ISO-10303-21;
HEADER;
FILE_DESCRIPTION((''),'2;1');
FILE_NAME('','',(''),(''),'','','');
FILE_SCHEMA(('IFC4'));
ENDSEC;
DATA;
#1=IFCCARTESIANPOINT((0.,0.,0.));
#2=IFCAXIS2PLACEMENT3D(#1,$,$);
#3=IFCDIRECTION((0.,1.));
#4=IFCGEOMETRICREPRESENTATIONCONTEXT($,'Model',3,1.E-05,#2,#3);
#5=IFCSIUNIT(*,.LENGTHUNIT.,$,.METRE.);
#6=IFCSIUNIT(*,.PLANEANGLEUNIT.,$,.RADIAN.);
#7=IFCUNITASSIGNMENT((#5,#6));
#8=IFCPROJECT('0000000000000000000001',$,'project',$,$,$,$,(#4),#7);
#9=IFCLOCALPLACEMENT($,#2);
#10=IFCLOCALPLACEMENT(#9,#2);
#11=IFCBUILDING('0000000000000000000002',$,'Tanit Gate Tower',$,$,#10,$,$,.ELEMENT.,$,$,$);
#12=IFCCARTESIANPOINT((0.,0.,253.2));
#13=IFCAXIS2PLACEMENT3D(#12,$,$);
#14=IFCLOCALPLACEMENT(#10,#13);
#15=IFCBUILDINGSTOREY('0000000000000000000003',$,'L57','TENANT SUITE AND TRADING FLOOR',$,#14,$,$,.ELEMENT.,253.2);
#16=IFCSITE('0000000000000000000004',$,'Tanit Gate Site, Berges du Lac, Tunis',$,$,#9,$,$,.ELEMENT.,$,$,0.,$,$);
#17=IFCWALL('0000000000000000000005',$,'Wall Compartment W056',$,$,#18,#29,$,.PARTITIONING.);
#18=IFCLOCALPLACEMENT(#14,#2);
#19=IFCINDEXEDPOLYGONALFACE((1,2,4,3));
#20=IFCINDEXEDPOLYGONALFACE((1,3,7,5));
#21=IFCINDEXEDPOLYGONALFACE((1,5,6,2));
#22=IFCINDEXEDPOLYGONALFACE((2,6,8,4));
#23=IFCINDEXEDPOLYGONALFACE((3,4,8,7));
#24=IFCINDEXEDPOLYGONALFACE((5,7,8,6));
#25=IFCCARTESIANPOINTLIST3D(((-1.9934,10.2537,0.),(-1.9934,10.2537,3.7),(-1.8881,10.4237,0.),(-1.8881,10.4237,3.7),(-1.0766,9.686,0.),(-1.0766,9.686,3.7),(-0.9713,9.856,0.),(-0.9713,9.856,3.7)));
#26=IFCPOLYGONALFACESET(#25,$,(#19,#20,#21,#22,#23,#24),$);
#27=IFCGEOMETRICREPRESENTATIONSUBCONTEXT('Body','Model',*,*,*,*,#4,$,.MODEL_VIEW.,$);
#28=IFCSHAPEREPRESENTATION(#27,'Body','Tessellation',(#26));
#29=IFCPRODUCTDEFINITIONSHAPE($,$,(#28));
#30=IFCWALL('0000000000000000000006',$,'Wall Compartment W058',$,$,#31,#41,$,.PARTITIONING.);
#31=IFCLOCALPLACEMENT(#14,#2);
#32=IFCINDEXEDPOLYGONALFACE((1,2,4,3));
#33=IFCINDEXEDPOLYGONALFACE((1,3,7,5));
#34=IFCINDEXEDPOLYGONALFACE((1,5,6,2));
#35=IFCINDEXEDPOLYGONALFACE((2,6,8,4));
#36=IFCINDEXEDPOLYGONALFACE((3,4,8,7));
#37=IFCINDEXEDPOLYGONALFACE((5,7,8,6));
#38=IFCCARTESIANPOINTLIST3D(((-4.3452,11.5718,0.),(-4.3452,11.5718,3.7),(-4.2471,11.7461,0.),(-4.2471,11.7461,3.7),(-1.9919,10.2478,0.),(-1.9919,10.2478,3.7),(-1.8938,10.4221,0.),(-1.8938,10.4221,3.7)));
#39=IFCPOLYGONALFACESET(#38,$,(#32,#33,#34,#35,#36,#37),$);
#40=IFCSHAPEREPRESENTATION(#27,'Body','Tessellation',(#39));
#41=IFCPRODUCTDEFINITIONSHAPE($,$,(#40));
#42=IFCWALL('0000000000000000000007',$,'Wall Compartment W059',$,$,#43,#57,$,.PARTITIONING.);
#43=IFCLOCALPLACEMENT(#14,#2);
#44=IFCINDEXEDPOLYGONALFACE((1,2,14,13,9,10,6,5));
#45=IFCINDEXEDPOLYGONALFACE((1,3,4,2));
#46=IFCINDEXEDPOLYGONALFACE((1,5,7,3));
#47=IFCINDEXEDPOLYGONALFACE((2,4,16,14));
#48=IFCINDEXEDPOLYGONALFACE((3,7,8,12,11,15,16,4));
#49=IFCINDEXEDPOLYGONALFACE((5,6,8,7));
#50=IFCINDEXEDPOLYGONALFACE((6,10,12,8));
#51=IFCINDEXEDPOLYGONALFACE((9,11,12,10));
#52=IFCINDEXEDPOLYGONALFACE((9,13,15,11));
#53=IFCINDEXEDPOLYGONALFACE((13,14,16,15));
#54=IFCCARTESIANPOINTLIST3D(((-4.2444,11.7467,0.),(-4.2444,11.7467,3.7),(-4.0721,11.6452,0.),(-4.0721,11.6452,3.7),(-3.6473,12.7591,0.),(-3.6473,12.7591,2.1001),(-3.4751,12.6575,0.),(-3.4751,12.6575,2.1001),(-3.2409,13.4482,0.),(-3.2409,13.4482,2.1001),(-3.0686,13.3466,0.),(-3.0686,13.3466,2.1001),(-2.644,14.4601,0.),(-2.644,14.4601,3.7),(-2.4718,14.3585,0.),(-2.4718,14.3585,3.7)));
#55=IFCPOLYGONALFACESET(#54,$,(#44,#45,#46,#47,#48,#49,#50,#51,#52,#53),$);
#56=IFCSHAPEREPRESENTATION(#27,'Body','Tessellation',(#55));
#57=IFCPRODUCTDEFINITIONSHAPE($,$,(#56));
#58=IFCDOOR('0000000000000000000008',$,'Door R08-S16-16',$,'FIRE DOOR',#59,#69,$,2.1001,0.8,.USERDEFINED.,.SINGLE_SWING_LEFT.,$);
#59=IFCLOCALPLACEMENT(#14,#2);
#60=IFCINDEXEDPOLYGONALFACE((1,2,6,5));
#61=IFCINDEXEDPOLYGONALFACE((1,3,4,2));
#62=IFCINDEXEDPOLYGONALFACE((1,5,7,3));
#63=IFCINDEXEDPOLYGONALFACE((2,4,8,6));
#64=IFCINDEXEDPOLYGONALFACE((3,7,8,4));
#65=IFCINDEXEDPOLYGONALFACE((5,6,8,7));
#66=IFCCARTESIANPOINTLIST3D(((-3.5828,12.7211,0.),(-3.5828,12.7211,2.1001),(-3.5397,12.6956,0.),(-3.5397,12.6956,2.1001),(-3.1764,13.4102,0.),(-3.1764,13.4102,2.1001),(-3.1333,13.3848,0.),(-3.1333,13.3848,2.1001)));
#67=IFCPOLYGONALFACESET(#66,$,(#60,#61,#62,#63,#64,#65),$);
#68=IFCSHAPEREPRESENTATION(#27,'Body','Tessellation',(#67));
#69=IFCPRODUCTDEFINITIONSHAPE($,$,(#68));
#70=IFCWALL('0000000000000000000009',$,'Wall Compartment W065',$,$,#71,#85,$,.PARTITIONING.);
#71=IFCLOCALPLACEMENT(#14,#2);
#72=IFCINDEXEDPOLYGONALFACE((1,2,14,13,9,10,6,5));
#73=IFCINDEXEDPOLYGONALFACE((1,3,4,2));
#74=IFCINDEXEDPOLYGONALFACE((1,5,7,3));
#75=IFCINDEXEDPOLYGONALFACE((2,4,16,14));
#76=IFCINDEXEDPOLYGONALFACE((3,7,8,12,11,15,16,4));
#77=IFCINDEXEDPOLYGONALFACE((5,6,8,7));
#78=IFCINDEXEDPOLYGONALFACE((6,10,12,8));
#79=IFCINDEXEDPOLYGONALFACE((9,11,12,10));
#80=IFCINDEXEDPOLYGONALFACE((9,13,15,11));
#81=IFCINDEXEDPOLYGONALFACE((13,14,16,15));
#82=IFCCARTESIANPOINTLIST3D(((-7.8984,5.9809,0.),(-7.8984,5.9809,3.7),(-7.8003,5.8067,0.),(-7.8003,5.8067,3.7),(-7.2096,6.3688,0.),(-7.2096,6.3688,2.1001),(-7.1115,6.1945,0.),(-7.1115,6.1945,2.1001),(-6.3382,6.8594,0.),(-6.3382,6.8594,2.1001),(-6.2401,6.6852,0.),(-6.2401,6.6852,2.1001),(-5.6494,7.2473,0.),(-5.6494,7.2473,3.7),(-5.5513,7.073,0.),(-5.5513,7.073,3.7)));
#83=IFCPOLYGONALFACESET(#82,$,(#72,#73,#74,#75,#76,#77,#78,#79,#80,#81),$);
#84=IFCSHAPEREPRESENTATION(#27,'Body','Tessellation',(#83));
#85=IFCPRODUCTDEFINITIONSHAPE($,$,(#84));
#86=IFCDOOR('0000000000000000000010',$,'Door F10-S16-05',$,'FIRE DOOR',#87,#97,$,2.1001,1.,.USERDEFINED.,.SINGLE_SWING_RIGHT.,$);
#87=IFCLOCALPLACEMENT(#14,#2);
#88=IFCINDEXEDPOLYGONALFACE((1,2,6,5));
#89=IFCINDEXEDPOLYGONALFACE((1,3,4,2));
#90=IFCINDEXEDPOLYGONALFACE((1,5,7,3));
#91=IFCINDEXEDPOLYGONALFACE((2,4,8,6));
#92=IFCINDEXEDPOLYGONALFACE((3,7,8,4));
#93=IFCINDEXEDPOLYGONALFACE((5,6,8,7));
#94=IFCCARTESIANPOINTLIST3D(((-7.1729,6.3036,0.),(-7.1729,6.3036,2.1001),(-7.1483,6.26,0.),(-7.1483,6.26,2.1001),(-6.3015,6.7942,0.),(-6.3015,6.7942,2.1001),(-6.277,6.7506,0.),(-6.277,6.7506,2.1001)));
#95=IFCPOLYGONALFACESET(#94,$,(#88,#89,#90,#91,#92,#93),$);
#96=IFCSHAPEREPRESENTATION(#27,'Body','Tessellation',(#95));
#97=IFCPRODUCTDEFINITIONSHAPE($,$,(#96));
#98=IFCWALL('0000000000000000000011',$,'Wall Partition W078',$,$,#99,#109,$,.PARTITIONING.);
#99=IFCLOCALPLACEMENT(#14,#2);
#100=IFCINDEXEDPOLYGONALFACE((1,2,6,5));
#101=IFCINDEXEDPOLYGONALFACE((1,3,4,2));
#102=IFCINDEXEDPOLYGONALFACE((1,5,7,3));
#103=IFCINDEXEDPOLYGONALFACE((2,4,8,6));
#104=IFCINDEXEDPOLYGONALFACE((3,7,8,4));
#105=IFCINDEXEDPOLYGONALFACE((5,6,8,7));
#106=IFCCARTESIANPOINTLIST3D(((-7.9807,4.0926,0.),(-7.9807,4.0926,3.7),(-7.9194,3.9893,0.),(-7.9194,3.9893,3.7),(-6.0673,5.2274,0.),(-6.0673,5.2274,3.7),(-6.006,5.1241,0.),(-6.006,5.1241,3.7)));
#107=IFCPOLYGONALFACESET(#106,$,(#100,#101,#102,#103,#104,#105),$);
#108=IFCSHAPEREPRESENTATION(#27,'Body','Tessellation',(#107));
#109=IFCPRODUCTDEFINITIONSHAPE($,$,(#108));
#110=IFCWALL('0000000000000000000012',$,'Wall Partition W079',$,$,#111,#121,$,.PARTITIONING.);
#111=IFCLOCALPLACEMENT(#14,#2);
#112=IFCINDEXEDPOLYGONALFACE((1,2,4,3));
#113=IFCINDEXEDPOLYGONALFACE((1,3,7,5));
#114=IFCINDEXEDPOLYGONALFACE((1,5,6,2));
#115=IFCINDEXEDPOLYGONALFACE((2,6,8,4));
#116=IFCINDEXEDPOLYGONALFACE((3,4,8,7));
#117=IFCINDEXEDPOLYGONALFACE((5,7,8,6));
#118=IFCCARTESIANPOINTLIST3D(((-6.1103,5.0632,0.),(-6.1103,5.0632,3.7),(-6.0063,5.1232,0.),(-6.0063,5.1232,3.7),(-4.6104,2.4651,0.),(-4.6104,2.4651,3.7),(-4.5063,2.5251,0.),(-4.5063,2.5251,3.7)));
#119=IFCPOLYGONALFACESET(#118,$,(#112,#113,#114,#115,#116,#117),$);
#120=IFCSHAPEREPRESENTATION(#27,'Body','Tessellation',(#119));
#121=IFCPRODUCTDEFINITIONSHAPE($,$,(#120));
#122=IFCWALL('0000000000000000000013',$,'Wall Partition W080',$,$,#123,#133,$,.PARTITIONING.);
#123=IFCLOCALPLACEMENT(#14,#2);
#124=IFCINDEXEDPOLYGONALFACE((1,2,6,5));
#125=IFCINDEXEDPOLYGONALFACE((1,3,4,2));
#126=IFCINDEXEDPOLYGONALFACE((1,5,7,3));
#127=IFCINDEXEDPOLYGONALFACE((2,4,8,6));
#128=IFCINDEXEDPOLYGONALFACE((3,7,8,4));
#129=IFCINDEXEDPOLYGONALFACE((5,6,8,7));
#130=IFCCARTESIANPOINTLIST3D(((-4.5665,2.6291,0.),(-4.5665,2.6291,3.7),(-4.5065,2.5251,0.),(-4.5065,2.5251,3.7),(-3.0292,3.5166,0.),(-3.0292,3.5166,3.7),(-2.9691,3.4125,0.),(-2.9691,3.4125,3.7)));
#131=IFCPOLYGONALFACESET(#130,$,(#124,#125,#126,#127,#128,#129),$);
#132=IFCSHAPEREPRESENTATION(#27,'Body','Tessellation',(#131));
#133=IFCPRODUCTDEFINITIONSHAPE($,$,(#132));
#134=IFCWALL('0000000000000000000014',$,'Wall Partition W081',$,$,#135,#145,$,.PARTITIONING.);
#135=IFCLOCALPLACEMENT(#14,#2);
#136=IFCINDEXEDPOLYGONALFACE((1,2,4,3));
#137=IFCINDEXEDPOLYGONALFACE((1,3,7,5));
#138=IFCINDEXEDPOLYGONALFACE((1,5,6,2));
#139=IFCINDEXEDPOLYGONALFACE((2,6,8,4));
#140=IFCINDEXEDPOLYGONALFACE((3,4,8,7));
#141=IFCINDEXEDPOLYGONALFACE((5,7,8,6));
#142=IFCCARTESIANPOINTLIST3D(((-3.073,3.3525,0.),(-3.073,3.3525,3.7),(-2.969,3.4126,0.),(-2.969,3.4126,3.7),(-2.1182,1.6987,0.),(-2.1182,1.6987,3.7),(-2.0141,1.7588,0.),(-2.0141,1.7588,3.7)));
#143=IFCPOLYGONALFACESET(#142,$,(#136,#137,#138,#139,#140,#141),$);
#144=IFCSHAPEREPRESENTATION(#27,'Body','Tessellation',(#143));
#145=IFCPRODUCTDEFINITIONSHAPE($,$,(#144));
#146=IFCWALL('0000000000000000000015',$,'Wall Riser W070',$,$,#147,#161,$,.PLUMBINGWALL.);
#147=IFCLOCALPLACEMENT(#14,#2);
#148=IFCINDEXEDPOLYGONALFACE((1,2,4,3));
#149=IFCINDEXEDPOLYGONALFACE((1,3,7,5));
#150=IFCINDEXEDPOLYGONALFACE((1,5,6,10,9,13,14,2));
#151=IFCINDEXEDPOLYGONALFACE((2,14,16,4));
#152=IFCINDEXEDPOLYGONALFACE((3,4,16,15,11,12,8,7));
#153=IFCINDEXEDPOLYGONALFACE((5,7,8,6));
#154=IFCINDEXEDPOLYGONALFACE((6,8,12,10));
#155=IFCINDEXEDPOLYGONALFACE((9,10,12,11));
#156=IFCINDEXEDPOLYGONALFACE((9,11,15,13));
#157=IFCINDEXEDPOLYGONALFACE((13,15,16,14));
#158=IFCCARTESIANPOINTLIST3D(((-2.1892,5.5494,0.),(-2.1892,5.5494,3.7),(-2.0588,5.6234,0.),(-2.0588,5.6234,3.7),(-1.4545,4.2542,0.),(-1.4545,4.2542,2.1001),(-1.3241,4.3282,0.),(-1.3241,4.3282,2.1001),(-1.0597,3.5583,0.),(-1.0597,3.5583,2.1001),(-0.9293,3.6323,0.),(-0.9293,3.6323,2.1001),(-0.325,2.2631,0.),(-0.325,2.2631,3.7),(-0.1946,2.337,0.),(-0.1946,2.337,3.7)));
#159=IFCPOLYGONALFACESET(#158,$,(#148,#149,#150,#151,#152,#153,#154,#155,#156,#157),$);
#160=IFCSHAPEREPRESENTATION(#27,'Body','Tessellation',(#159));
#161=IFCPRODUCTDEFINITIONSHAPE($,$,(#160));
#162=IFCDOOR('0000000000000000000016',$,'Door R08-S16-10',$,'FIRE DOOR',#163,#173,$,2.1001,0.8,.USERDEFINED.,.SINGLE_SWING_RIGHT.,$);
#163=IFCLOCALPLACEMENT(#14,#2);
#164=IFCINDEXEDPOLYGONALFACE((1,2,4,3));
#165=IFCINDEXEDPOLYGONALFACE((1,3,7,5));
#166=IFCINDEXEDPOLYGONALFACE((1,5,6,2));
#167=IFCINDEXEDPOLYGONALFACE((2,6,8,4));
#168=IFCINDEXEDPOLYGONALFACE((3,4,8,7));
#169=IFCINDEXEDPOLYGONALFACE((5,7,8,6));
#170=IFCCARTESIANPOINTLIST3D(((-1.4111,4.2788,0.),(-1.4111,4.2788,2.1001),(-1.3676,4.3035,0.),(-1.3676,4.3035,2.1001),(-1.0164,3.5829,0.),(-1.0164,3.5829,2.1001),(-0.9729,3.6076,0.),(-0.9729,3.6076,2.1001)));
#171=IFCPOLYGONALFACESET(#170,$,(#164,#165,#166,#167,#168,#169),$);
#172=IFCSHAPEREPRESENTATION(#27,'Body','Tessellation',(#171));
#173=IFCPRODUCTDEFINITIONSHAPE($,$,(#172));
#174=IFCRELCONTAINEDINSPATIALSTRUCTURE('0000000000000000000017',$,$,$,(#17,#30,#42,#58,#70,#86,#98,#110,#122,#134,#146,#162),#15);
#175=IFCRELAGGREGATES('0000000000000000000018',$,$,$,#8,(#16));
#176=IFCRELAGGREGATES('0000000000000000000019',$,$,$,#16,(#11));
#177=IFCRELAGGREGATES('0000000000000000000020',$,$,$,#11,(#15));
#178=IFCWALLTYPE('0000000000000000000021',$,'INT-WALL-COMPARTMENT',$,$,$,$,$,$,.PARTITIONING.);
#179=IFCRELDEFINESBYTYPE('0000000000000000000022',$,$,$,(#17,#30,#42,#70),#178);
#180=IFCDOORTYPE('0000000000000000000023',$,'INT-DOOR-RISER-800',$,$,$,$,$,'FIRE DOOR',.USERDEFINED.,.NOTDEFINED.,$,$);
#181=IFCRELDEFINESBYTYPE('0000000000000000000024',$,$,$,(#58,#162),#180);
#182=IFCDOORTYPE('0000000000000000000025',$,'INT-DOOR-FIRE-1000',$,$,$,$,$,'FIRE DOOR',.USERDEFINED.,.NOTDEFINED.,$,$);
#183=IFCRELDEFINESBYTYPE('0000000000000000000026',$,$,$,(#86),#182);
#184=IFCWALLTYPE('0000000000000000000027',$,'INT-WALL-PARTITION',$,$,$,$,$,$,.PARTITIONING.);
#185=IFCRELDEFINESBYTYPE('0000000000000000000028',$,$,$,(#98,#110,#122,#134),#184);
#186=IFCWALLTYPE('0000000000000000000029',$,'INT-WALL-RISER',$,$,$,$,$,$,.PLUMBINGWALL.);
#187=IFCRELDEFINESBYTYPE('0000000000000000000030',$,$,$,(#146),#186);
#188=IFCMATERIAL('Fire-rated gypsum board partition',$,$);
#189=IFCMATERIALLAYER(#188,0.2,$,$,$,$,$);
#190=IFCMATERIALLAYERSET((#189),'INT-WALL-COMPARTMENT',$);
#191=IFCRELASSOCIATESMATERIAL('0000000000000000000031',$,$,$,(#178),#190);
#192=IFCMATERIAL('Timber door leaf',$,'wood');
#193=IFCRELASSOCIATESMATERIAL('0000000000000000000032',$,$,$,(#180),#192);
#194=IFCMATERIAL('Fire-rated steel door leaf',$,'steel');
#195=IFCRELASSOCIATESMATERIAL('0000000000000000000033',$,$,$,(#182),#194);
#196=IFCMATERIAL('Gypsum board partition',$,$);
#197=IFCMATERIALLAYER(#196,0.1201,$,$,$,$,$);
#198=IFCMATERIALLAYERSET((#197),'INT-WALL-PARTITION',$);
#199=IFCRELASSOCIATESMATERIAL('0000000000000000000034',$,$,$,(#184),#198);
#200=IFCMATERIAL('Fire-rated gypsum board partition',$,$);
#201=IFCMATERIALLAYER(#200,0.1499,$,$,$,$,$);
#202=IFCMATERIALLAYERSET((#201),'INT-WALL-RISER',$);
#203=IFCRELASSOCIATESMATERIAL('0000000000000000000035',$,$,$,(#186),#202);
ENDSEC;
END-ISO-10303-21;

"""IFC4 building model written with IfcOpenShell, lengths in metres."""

from ifc_helpers import new_model, si_unit, direction, frame, frame_2d, origin, place, context, subcontext, project, spatial, rectangle, extrude, material, layer, layer_set, type_object, element, fill, save


model = new_model("IFC4")

# Units and contexts
model_context = context("Model", 3, precision=1e-05, world=origin(), true_north=direction((0.0, 1.0)))
body_context = subcontext(model_context, "Body", "Model", "MODEL_VIEW")
ifc_project = project(units=[si_unit("LENGTHUNIT", "METRE"), si_unit("PLANEANGLEUNIT", "RADIAN")], contexts=[model_context])

# Site, building, storey
site_placement = place(None, origin())
site = spatial("IfcSite", under=ifc_project, at=site_placement, Name="Tanit Gate Site, Berges du Lac, Tunis", CompositionType="ELEMENT", RefElevation=0.0)
building_placement = place(site_placement, origin())
building = spatial("IfcBuilding", under=site, at=building_placement, Name="Tanit Gate Tower", CompositionType="ELEMENT")
storey_placement = place(building_placement, frame((0.0, 0.0, 253.2)))
storey = spatial("IfcBuildingStorey", under=building, at=storey_placement, Name="L57", Description="TENANT SUITE AND TRADING FLOOR", CompositionType="ELEMENT", Elevation=253.2)

# Walls
ifc_material_1 = material(Name="Fire-rated gypsum board partition")
ifc_layer_1 = layer(ifc_material_1, 0.2)
ifc_layer_set_1 = layer_set([ifc_layer_1], Name="INT-WALL-COMPARTMENT")
wall_type_1 = type_object("IfcWallType", Name="INT-WALL-COMPARTMENT", PredefinedType="PARTITIONING", material=ifc_layer_set_1)
wall_1_placement = place(storey_placement, frame((-1.9407, 10.3386, 0.0), z_axis=(0.0, 0.0, 1.0), x_axis=(0.850217, -0.526433, 0.0)))
element("IfcWall", 1, at=wall_1_placement, inside=storey, type_object=wall_type_1, Name="Wall Compartment W056", PredefinedType="PARTITIONING", context=body_context, shape_type="SweptSolid", body=[
    extrude(rectangle(XDim=1.0784, YDim=0.2, at=frame_2d((0.5391, 0.0))), origin(), (0.0, 0.0, 1.0), 3.7),
])
wall_2_placement = place(storey_placement, frame((-4.2961, 11.6589, 0.0), z_axis=(0.0, 0.0, 1.0), x_axis=(0.871534, -0.490334, 0.0)))
element("IfcWall", 2, at=wall_2_placement, inside=storey, type_object=wall_type_1, Name="Wall Compartment W058", PredefinedType="PARTITIONING", context=body_context, shape_type="SweptSolid", body=[
    extrude(rectangle(XDim=2.7002, YDim=0.2, at=frame_2d((1.3501, 0.0))), origin(), (0.0, 0.0, 1.0), 3.7),
])

# Walls, openings, doors
wall_3_placement = place(storey_placement, frame((-2.5579, 14.4094, 0.0), z_axis=(0.0, 0.0, 1.0), x_axis=(-0.508019, -0.861346, 0.0)))
wall_3 = element("IfcWall", 3, at=wall_3_placement, inside=storey, type_object=wall_type_1, Name="Wall Compartment W059", PredefinedType="PARTITIONING", context=body_context, shape_type="SweptSolid", body=[
    extrude(rectangle(XDim=3.1501, YDim=0.2, at=frame_2d((1.5752, 0.0))), origin(), (0.0, 0.0, 1.0), 3.7),
])
opening_1_placement = place(wall_3_placement, frame((1.175, 0.0, 0.0)))
opening_1 = element("IfcOpeningElement", 4, at=opening_1_placement, cuts=wall_3, PredefinedType="OPENING", context=body_context, shape_type="SweptSolid", body=[
    extrude(rectangle(XDim=0.8, YDim=2.1001, at=frame_2d((0.3999, 1.05))), frame((0.0, 0.1099, 0.0), z_axis=(0.0, -1.0, 0.0), x_axis=(1.0, 0.0, 0.0)), (0.0, 0.0, 1.0), 0.22),
])
ifc_material_2 = material(Name="Timber door leaf", Category="wood")
door_type_1 = type_object("IfcDoorType", Name="INT-DOOR-RISER-800", ElementType="FIRE DOOR", OperationType="NOTDEFINED", PredefinedType="USERDEFINED", material=ifc_material_2)
door_1_placement = place(opening_1_placement, origin())
door_1 = element("IfcDoor", 5, at=door_1_placement, inside=storey, type_object=door_type_1, Name="Door R08-S16-16", ObjectType="FIRE DOOR", OperationType="SINGLE_SWING_LEFT", OverallHeight=2.1001, OverallWidth=0.8, PredefinedType="USERDEFINED", context=body_context, shape_type="SweptSolid", body=[
    extrude(rectangle(XDim=0.8, YDim=2.1001, at=frame_2d((0.3999, 1.05))), frame((0.0, 0.0249, 0.0), z_axis=(0.0, -1.0, 0.0), x_axis=(1.0, 0.0, 0.0)), (0.0, 0.0, 1.0), 0.05),
])
fill(opening_1, door_1)
wall_4_placement = place(storey_placement, frame((-5.6003, 7.1602, 0.0), z_axis=(0.0, 0.0, 1.0), x_axis=(-0.871363, -0.490638, 0.0)))
wall_4 = element("IfcWall", 6, at=wall_4_placement, inside=storey, type_object=wall_type_1, Name="Wall Compartment W065", PredefinedType="PARTITIONING", context=body_context, shape_type="SweptSolid", body=[
    extrude(rectangle(XDim=2.5811, YDim=0.2, at=frame_2d((1.2905, 0.0))), origin(), (0.0, 0.0, 1.0), 3.7),
])
opening_2_placement = place(wall_4_placement, frame((0.7905, 0.0, 0.0)))
opening_2 = element("IfcOpeningElement", 7, at=opening_2_placement, cuts=wall_4, PredefinedType="OPENING", context=body_context, shape_type="SweptSolid", body=[
    extrude(rectangle(XDim=1.0, YDim=2.1001, at=frame_2d((0.5, 1.05))), frame((0.0, 0.1099, 0.0), z_axis=(0.0, -1.0, 0.0), x_axis=(1.0, 0.0, 0.0)), (0.0, 0.0, 1.0), 0.22),
])
ifc_material_3 = material(Name="Fire-rated steel door leaf", Category="steel")
door_type_2 = type_object("IfcDoorType", Name="INT-DOOR-FIRE-1000", ElementType="FIRE DOOR", OperationType="NOTDEFINED", PredefinedType="USERDEFINED", material=ifc_material_3)
door_2_placement = place(opening_2_placement, origin())
door_2 = element("IfcDoor", 8, at=door_2_placement, inside=storey, type_object=door_type_2, Name="Door F10-S16-05", ObjectType="FIRE DOOR", OperationType="SINGLE_SWING_RIGHT", OverallHeight=2.1001, OverallWidth=1.0, PredefinedType="USERDEFINED", context=body_context, shape_type="SweptSolid", body=[
    extrude(rectangle(XDim=1.0, YDim=2.1001, at=frame_2d((0.5, 1.05))), frame((0.0, 0.0249, 0.0), z_axis=(0.0, -1.0, 0.0), x_axis=(1.0, 0.0, 0.0)), (0.0, 0.0, 1.0), 0.05),
])
fill(opening_2, door_2)

# Walls
ifc_material_4 = material(Name="Gypsum board partition")
ifc_layer_2 = layer(ifc_material_4, 0.1201)
ifc_layer_set_2 = layer_set([ifc_layer_2], Name="INT-WALL-PARTITION")
wall_type_2 = type_object("IfcWallType", Name="INT-WALL-PARTITION", PredefinedType="PARTITIONING", material=ifc_layer_set_2)
wall_5_placement = place(storey_placement, frame((-6.0366, 5.1758, 0.0), z_axis=(0.0, 0.0, 1.0), x_axis=(-0.860106, -0.510115, 0.0)))
element("IfcWall", 9, at=wall_5_placement, inside=storey, type_object=wall_type_2, Name="Wall Partition W078", PredefinedType="PARTITIONING", context=body_context, shape_type="SweptSolid", body=[
    extrude(rectangle(XDim=2.2246, YDim=0.1201, at=frame_2d((1.1123, 0.0))), origin(), (0.0, 0.0, 1.0), 3.7),
])
wall_6_placement = place(storey_placement, frame((-4.5583, 2.4951, 0.0), z_axis=(0.0, 0.0, 1.0), x_axis=(-0.49999, 0.866031, 0.0)))
element("IfcWall", 10, at=wall_6_placement, inside=storey, type_object=wall_type_2, Name="Wall Partition W079", PredefinedType="PARTITIONING", context=body_context, shape_type="SweptSolid", body=[
    extrude(rectangle(XDim=3.0, YDim=0.1201, at=frame_2d((1.5, 0.0))), origin(), (0.0, 0.0, 1.0), 3.7),
])
wall_7_placement = place(storey_placement, frame((-2.999, 3.4646, 0.0), z_axis=(0.0, 0.0, 1.0), x_axis=(-0.86606, -0.499941, 0.0)))
element("IfcWall", 11, at=wall_7_placement, inside=storey, type_object=wall_type_2, Name="Wall Partition W080", PredefinedType="PARTITIONING", context=body_context, shape_type="SweptSolid", body=[
    extrude(rectangle(XDim=1.7751, YDim=0.1201, at=frame_2d((0.8877, 0.0))), origin(), (0.0, 0.0, 1.0), 3.7),
])
wall_8_placement = place(storey_placement, frame((-2.0662, 1.7288, 0.0), z_axis=(0.0, 0.0, 1.0), x_axis=(-0.500003, 0.866024, 0.0)))
element("IfcWall", 12, at=wall_8_placement, inside=storey, type_object=wall_type_2, Name="Wall Partition W081", PredefinedType="PARTITIONING", context=body_context, shape_type="SweptSolid", body=[
    extrude(rectangle(XDim=1.9097, YDim=0.1201, at=frame_2d((0.9548, 0.0))), origin(), (0.0, 0.0, 1.0), 3.7),
])

# Wall, opening, door
ifc_material_5 = material(Name="Fire-rated gypsum board partition")
ifc_layer_3 = layer(ifc_material_5, 0.1499)
ifc_layer_set_3 = layer_set([ifc_layer_3], Name="INT-WALL-RISER")
wall_type_3 = type_object("IfcWallType", Name="INT-WALL-RISER", PredefinedType="PLUMBINGWALL", material=ifc_layer_set_3)
wall_9_placement = place(storey_placement, frame((-2.124, 5.5864, 0.0), z_axis=(0.0, 0.0, 1.0), x_axis=(0.493409, -0.869798, 0.0)))
wall_9 = element("IfcWall", 13, at=wall_9_placement, inside=storey, type_object=wall_type_3, Name="Wall Riser W070", PredefinedType="PLUMBINGWALL", context=body_context, shape_type="SweptSolid", body=[
    extrude(rectangle(XDim=3.7783, YDim=0.1499, at=frame_2d((1.8892, 0.0))), origin(), (0.0, 0.0, 1.0), 3.7),
])
opening_3_placement = place(wall_9_placement, frame((1.4893, 0.0, 0.0)))
opening_3 = element("IfcOpeningElement", 14, at=opening_3_placement, cuts=wall_9, PredefinedType="OPENING", context=body_context, shape_type="SweptSolid", body=[
    extrude(rectangle(XDim=0.8, YDim=2.1001, at=frame_2d((0.3999, 1.05))), frame((0.0, 0.085, 0.0), z_axis=(0.0, -1.0, 0.0), x_axis=(1.0, 0.0, 0.0)), (0.0, 0.0, 1.0), 0.1699),
])
door_3_placement = place(opening_3_placement, origin())
door_3 = element("IfcDoor", 15, at=door_3_placement, inside=storey, type_object=door_type_1, Name="Door R08-S16-10", ObjectType="FIRE DOOR", OperationType="SINGLE_SWING_RIGHT", OverallHeight=2.1001, OverallWidth=0.8, PredefinedType="USERDEFINED", context=body_context, shape_type="SweptSolid", body=[
    extrude(rectangle(XDim=0.8, YDim=2.1001, at=frame_2d((0.3999, 1.05))), frame((0.0, 0.0249, 0.0), z_axis=(0.0, -1.0, 0.0), x_axis=(1.0, 0.0, 0.0)), (0.0, 0.0, 1.0), 0.05),
])
fill(opening_3, door_3)

save(model, "model.ifc")
